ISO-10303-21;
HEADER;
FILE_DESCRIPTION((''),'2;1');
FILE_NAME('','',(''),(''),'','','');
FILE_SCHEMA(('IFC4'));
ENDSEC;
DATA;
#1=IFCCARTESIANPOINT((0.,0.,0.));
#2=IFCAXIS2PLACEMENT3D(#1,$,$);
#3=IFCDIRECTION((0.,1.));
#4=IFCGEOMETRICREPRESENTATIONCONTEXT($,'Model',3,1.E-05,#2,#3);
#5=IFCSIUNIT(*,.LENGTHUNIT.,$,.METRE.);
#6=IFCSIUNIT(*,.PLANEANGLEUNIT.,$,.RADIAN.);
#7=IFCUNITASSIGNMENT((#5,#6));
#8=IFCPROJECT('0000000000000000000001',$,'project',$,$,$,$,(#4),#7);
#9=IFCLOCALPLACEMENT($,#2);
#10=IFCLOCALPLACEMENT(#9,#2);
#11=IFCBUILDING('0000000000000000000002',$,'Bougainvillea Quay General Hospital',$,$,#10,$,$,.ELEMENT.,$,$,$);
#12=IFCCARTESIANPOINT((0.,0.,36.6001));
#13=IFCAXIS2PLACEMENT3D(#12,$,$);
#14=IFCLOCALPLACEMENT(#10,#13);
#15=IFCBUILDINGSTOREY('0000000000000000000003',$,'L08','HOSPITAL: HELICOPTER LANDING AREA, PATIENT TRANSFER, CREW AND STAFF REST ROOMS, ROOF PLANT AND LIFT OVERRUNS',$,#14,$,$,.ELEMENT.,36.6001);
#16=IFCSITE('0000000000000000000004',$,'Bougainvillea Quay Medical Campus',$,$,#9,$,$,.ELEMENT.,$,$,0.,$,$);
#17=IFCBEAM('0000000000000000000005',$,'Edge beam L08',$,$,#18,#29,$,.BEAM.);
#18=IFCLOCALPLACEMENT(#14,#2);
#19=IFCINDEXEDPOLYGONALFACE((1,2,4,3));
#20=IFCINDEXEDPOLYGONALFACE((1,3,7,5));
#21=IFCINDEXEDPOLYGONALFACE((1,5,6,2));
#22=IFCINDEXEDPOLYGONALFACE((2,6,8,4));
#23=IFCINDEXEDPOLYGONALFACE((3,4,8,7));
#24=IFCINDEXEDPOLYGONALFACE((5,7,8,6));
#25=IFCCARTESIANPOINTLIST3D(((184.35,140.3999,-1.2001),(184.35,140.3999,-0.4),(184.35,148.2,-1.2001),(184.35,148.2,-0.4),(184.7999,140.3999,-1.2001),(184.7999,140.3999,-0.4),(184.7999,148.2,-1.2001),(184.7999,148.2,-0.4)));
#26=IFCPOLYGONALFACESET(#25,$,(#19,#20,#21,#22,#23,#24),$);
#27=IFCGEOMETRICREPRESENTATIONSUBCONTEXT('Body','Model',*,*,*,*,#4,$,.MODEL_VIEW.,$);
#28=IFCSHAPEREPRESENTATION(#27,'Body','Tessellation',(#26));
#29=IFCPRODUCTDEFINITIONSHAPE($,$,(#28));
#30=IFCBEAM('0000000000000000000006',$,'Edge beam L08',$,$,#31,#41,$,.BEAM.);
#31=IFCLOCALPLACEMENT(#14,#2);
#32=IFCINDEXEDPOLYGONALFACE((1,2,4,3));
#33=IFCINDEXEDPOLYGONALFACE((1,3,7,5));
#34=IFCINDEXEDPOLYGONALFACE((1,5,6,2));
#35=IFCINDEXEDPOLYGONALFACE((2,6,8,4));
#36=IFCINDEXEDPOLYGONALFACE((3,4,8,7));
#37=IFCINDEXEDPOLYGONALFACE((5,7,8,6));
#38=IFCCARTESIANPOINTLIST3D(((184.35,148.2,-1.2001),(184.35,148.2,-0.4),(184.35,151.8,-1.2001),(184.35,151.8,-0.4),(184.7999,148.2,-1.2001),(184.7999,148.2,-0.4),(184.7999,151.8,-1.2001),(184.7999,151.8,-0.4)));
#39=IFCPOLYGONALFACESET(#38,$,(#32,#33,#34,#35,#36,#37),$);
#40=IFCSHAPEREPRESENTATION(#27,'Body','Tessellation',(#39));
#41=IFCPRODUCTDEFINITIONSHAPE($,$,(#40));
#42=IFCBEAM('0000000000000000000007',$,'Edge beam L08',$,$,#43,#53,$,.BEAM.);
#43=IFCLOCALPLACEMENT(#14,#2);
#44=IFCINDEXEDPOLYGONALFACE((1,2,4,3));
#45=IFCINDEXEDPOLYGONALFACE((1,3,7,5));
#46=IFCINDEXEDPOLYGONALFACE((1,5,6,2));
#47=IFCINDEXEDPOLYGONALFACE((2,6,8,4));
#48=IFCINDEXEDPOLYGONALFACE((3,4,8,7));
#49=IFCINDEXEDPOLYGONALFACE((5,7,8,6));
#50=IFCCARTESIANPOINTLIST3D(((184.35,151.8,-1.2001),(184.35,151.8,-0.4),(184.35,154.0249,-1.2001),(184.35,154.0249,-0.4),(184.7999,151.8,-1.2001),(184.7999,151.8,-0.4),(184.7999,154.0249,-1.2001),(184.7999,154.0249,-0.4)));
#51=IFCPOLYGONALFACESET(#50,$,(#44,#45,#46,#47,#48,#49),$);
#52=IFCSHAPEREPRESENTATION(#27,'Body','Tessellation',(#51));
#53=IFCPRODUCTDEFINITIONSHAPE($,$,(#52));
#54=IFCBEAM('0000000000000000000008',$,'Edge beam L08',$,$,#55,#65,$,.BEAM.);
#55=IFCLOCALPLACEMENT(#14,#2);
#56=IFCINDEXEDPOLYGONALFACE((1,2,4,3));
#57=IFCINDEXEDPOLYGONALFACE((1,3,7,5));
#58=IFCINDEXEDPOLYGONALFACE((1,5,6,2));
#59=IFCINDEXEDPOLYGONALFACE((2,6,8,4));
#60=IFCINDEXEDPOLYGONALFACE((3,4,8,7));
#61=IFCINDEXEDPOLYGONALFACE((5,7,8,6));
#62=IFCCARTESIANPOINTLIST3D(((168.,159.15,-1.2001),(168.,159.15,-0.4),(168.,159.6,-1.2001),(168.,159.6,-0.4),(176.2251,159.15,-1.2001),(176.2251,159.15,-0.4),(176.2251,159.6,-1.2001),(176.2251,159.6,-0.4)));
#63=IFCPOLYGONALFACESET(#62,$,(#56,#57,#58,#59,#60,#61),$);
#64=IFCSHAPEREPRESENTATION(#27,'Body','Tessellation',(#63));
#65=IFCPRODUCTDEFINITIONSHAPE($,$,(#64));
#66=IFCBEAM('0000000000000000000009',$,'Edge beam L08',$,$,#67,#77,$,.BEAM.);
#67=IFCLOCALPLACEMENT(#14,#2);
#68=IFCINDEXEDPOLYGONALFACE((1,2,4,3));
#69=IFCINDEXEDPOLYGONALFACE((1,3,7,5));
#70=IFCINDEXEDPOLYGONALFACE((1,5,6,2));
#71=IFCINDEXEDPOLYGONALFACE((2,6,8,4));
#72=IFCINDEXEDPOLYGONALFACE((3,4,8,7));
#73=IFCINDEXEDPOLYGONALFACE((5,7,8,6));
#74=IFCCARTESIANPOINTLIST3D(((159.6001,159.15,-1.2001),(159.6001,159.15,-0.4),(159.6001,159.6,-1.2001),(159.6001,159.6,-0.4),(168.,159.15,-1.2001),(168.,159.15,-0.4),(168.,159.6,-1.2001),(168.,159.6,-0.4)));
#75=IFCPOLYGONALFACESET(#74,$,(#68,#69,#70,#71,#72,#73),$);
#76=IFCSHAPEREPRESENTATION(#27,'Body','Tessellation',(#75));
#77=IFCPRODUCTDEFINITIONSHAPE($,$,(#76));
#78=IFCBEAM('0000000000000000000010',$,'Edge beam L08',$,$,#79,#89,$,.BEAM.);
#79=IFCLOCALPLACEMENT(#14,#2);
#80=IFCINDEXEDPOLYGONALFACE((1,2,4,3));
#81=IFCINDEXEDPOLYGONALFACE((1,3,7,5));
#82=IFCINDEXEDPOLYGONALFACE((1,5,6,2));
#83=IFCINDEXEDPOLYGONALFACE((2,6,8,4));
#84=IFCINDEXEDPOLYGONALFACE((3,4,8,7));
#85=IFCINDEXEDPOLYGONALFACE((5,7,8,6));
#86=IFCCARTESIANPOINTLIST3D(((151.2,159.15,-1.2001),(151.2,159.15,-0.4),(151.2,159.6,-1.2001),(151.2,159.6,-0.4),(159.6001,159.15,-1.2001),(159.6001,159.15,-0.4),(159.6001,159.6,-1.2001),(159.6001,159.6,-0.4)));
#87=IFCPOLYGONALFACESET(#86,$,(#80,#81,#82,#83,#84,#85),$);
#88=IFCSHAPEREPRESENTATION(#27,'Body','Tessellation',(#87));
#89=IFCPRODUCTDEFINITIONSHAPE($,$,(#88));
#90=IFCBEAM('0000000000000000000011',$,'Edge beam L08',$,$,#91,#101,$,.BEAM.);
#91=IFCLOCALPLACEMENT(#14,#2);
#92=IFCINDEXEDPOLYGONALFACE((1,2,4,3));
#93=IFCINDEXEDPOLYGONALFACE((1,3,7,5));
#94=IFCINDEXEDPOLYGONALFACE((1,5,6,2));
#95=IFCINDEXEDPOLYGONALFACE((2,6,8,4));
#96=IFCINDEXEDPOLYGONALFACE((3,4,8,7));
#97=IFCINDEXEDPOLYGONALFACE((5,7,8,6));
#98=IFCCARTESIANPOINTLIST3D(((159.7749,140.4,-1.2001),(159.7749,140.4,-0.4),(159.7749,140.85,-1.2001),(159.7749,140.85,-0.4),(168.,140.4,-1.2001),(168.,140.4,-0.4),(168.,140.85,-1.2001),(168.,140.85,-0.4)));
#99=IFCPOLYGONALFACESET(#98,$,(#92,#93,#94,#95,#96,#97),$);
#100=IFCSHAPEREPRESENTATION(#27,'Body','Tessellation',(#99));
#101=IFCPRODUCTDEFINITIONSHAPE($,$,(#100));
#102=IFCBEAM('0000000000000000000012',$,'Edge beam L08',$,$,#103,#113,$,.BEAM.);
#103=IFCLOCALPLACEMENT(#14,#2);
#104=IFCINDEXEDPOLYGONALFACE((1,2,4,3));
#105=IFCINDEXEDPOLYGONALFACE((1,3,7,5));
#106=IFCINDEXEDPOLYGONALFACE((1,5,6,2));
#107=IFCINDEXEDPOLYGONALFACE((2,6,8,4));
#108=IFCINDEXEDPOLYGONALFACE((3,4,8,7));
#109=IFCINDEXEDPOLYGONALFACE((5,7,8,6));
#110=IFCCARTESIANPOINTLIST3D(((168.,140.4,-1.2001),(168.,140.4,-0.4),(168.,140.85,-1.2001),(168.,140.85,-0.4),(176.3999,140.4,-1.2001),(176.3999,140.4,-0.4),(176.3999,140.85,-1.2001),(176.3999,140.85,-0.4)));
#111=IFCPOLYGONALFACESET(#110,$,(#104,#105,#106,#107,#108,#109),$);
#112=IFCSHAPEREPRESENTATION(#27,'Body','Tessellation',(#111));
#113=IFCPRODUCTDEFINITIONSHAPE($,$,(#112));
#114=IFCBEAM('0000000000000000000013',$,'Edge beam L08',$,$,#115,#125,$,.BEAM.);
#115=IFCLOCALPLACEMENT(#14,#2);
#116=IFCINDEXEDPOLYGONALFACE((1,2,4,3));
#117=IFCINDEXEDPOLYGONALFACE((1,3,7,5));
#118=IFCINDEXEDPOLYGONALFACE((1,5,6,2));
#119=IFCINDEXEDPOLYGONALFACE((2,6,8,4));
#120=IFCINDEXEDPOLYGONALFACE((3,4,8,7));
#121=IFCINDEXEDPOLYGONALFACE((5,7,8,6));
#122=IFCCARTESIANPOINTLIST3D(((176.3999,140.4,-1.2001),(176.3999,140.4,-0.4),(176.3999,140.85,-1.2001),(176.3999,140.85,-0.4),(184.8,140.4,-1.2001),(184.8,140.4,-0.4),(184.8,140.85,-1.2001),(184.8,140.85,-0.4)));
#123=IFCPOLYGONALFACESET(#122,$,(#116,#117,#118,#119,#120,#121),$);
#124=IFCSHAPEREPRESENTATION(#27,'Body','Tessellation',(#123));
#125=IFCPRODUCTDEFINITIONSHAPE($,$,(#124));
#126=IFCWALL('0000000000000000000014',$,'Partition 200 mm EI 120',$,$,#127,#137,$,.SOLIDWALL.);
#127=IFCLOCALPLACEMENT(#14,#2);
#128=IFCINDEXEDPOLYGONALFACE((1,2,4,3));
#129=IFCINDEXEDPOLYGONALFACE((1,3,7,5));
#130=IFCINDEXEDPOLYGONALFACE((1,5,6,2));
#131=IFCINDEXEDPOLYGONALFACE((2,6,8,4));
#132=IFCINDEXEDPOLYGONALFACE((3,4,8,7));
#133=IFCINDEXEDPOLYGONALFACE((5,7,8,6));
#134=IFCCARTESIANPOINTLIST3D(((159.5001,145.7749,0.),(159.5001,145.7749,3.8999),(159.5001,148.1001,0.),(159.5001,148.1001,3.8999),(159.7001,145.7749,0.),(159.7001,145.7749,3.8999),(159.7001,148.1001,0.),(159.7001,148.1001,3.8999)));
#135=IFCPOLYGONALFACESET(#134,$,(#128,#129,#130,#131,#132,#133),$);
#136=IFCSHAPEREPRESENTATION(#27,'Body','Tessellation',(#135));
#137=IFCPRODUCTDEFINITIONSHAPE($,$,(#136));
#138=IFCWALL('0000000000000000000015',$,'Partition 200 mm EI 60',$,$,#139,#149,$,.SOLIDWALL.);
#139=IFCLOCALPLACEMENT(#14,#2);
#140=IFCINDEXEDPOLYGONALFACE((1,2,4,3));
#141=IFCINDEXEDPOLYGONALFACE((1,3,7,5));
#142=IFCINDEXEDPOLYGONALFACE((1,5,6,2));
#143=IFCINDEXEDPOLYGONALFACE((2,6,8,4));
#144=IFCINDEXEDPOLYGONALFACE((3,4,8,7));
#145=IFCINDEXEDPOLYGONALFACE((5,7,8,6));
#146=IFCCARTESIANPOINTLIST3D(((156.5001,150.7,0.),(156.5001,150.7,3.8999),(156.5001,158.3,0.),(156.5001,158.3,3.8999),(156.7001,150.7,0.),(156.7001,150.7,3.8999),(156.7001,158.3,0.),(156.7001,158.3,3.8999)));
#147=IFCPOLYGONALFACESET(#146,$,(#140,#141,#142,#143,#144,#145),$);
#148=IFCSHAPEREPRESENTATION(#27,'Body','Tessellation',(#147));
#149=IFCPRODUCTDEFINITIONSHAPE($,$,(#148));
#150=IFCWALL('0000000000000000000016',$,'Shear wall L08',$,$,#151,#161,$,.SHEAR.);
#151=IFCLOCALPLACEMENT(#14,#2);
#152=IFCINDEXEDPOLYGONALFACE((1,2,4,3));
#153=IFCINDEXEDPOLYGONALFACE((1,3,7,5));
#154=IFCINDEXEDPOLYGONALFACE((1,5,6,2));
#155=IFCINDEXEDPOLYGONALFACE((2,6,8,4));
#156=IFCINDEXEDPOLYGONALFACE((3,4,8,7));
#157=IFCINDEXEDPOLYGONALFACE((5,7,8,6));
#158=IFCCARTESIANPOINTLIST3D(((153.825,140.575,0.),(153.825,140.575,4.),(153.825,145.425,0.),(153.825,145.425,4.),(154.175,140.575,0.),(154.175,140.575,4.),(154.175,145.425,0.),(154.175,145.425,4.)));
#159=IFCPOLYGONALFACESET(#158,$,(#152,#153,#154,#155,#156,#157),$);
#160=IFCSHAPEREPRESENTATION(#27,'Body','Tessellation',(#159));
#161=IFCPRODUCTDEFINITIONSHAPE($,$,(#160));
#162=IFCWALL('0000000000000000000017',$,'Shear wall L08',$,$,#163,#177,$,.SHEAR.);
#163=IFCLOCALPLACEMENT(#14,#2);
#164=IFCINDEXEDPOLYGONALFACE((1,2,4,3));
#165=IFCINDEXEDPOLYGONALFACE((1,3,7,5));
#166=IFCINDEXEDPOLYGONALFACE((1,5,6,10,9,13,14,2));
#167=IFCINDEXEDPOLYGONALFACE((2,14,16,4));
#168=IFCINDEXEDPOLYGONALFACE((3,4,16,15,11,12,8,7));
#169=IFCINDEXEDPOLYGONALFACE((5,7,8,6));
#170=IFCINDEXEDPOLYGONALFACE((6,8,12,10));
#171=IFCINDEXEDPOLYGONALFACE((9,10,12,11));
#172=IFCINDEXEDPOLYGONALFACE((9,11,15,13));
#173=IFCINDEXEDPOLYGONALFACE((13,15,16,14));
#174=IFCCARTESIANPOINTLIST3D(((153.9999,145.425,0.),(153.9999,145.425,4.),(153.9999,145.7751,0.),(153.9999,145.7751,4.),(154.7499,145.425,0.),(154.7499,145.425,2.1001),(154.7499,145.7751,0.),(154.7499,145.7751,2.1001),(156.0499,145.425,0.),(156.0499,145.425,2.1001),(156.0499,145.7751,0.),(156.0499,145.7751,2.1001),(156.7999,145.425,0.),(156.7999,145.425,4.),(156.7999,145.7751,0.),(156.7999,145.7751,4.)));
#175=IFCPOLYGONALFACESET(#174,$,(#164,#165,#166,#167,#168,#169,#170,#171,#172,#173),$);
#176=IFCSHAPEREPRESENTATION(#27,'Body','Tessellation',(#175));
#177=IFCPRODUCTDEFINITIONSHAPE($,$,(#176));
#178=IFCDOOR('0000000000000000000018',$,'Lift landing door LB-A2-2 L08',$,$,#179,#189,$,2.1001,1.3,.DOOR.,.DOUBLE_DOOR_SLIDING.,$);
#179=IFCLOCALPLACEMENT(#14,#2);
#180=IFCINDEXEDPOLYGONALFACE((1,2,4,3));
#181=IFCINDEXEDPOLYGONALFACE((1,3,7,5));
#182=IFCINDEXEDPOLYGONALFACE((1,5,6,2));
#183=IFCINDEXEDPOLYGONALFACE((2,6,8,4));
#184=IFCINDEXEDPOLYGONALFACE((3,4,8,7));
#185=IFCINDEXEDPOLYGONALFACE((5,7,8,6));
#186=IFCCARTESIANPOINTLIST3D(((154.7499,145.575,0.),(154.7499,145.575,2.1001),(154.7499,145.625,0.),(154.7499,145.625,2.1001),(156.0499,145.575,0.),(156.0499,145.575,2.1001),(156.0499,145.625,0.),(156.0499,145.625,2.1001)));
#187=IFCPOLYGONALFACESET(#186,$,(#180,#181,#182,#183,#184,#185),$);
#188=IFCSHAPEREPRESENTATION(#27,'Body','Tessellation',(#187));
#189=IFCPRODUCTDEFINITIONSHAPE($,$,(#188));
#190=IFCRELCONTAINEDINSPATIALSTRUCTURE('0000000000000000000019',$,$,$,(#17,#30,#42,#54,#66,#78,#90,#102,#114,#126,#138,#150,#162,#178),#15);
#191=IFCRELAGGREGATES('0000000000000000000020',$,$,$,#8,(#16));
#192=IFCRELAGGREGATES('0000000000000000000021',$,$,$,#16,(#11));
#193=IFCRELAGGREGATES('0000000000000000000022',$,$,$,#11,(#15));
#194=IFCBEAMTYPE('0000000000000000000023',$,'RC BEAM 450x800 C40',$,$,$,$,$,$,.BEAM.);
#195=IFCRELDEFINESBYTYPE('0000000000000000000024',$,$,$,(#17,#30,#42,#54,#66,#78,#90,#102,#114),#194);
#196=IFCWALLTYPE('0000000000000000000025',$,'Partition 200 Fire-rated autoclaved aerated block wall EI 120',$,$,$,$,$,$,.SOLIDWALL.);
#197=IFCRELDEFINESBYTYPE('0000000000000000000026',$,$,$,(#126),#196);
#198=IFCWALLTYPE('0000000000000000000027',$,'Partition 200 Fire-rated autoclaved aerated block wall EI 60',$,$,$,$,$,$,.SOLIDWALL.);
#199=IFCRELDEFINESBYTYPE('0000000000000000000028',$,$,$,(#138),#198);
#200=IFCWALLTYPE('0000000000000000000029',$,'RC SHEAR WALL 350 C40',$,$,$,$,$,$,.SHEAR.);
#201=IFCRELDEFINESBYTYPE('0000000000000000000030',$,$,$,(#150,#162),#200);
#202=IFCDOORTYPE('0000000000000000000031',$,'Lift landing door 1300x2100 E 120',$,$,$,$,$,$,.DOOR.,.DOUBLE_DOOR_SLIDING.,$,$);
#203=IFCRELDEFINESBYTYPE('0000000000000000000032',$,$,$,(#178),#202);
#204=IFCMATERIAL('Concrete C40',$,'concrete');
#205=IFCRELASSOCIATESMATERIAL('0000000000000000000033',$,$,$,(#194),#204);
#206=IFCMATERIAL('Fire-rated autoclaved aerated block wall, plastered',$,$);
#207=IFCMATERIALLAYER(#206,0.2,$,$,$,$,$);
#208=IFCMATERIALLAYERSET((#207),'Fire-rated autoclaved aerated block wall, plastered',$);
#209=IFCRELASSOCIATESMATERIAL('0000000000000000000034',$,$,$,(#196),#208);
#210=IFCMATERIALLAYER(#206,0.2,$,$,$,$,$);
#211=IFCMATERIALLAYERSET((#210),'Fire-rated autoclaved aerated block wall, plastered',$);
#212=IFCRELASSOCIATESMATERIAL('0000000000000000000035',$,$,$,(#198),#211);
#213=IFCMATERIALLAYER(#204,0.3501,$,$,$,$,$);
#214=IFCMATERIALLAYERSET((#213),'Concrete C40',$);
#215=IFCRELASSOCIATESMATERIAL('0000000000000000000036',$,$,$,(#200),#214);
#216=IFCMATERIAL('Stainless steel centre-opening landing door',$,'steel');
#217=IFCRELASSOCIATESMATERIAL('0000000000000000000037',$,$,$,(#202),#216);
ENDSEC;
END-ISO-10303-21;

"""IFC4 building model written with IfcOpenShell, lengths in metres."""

from ifc_helpers import new_model, si_unit, direction, frame, frame_2d, origin, origin_2d, place, context, subcontext, project, spatial, rectangle, extrude, material, layer, layer_set, material_profile, profile_set, type_object, element, fill, save


model = new_model("IFC4")

# Units and contexts
model_context = context("Model", 3, precision=1e-05, world=origin(), true_north=direction((0.0, 1.0)))
body_context = subcontext(model_context, "Body", "Model", "MODEL_VIEW")
ifc_project = project(units=[si_unit("LENGTHUNIT", "METRE"), si_unit("PLANEANGLEUNIT", "RADIAN")], contexts=[model_context])

# Site, building, storey
site_placement = place(None, origin())
site = spatial("IfcSite", under=ifc_project, at=site_placement, Name="Bougainvillea Quay Medical Campus", CompositionType="ELEMENT", RefElevation=0.0)
building_placement = place(site_placement, origin())
building = spatial("IfcBuilding", under=site, at=building_placement, Name="Bougainvillea Quay General Hospital", CompositionType="ELEMENT")
storey_placement = place(building_placement, frame((0.0, 0.0, 36.6001)))
storey = spatial("IfcBuildingStorey", under=building, at=storey_placement, Name="L08", Description="HOSPITAL: HELICOPTER LANDING AREA, PATIENT TRANSFER, CREW AND STAFF REST ROOMS, ROOF PLANT AND LIFT OVERRUNS", CompositionType="ELEMENT", Elevation=36.6001)

# Beams
ifc_material_1 = material(Name="Concrete C40", Category="concrete")
ifc_material_profile_1 = material_profile(ifc_material_1, rectangle(XDim=0.45, YDim=0.8, at=origin_2d()))
ifc_profile_set_1 = profile_set([ifc_material_profile_1], Name="Concrete C40")
beam_type = type_object("IfcBeamType", Name="RC BEAM 450x800 C40", PredefinedType="BEAM", material=ifc_profile_set_1)
beam_1_placement = place(storey_placement, frame((184.575, 140.3999, -0.8), z_axis=(0.0, 1.0, 0.0), x_axis=(-1.0, 0.0, 0.0)))
element("IfcBeam", 1, at=beam_1_placement, inside=storey, type_object=beam_type, Name="Edge beam L08", PredefinedType="BEAM", context=body_context, shape_type="SweptSolid", body=[
    extrude(rectangle(XDim=0.45, YDim=0.8, at=origin_2d()), origin(), (0.0, 0.0, 1.0), 7.8),
])
beam_2_placement = place(storey_placement, frame((184.575, 148.2, -0.8), z_axis=(0.0, 1.0, 0.0), x_axis=(-1.0, 0.0, 0.0)))
element("IfcBeam", 2, at=beam_2_placement, inside=storey, type_object=beam_type, Name="Edge beam L08", PredefinedType="BEAM", context=body_context, shape_type="SweptSolid", body=[
    extrude(rectangle(XDim=0.45, YDim=0.8, at=origin_2d()), origin(), (0.0, 0.0, 1.0), 3.6001),
])
beam_3_placement = place(storey_placement, frame((184.575, 151.8, -0.8), z_axis=(0.0, 1.0, 0.0), x_axis=(-1.0, 0.0, 0.0)))
element("IfcBeam", 3, at=beam_3_placement, inside=storey, type_object=beam_type, Name="Edge beam L08", PredefinedType="BEAM", context=body_context, shape_type="SweptSolid", body=[
    extrude(rectangle(XDim=0.45, YDim=0.8, at=origin_2d()), origin(), (0.0, 0.0, 1.0), 2.2249),
])
beam_4_placement = place(storey_placement, frame((176.2251, 159.375, -0.8), z_axis=(-1.0, 0.0, 0.0), x_axis=(0.0, -1.0, 0.0)))
element("IfcBeam", 4, at=beam_4_placement, inside=storey, type_object=beam_type, Name="Edge beam L08", PredefinedType="BEAM", context=body_context, shape_type="SweptSolid", body=[
    extrude(rectangle(XDim=0.45, YDim=0.8, at=origin_2d()), origin(), (0.0, 0.0, 1.0), 8.2251),
])
beam_5_placement = place(storey_placement, frame((168.0, 159.375, -0.8), z_axis=(-1.0, 0.0, 0.0), x_axis=(0.0, -1.0, 0.0)))
element("IfcBeam", 5, at=beam_5_placement, inside=storey, type_object=beam_type, Name="Edge beam L08", PredefinedType="BEAM", context=body_context, shape_type="SweptSolid", body=[
    extrude(rectangle(XDim=0.45, YDim=0.8, at=origin_2d()), origin(), (0.0, 0.0, 1.0), 8.3999),
])
beam_6_placement = place(storey_placement, frame((159.6001, 159.375, -0.8), z_axis=(-1.0, 0.0, 0.0), x_axis=(0.0, -1.0, 0.0)))
element("IfcBeam", 6, at=beam_6_placement, inside=storey, type_object=beam_type, Name="Edge beam L08", PredefinedType="BEAM", context=body_context, shape_type="SweptSolid", body=[
    extrude(rectangle(XDim=0.45, YDim=0.8, at=origin_2d()), origin(), (0.0, 0.0, 1.0), 8.4001),
])
beam_7_placement = place(storey_placement, frame((159.7749, 140.625, -0.8), z_axis=(1.0, 0.0, 0.0), x_axis=(0.0, 1.0, 0.0)))
element("IfcBeam", 7, at=beam_7_placement, inside=storey, type_object=beam_type, Name="Edge beam L08", PredefinedType="BEAM", context=body_context, shape_type="SweptSolid", body=[
    extrude(rectangle(XDim=0.45, YDim=0.8, at=origin_2d()), origin(), (0.0, 0.0, 1.0), 8.2251),
])
beam_8_placement = place(storey_placement, frame((168.0, 140.625, -0.8), z_axis=(1.0, 0.0, 0.0), x_axis=(0.0, 1.0, 0.0)))
element("IfcBeam", 8, at=beam_8_placement, inside=storey, type_object=beam_type, Name="Edge beam L08", PredefinedType="BEAM", context=body_context, shape_type="SweptSolid", body=[
    extrude(rectangle(XDim=0.45, YDim=0.8, at=origin_2d()), origin(), (0.0, 0.0, 1.0), 8.3999),
])
beam_9_placement = place(storey_placement, frame((176.3999, 140.625, -0.8), z_axis=(1.0, 0.0, 0.0), x_axis=(0.0, 1.0, 0.0)))
element("IfcBeam", 9, at=beam_9_placement, inside=storey, type_object=beam_type, Name="Edge beam L08", PredefinedType="BEAM", context=body_context, shape_type="SweptSolid", body=[
    extrude(rectangle(XDim=0.45, YDim=0.8, at=origin_2d()), origin(), (0.0, 0.0, 1.0), 8.4001),
])

# Walls
ifc_material_2 = material(Name="Fire-rated autoclaved aerated block wall, plastered")
ifc_layer_1 = layer(ifc_material_2, 0.2)
ifc_layer_set_1 = layer_set([ifc_layer_1], Name="Fire-rated autoclaved aerated block wall, plastered")
wall_type_1 = type_object("IfcWallType", Name="Partition 200 Fire-rated autoclaved aerated block wall EI 120", PredefinedType="SOLIDWALL", material=ifc_layer_set_1)
wall_1_placement = place(storey_placement, frame((159.6001, 145.7749, 0.0), z_axis=(0.0, 0.0, 1.0), x_axis=(0.0, 1.0, 0.0)))
element("IfcWall", 10, at=wall_1_placement, inside=storey, type_object=wall_type_1, Name="Partition 200 mm EI 120", PredefinedType="SOLIDWALL", context=body_context, shape_type="SweptSolid", body=[
    extrude(rectangle(XDim=2.3252, YDim=0.2, at=frame_2d((1.1626, 0.0))), origin(), (0.0, 0.0, 1.0), 3.8999),
])
ifc_layer_2 = layer(ifc_material_2, 0.2)
ifc_layer_set_2 = layer_set([ifc_layer_2], Name="Fire-rated autoclaved aerated block wall, plastered")
wall_type_2 = type_object("IfcWallType", Name="Partition 200 Fire-rated autoclaved aerated block wall EI 60", PredefinedType="SOLIDWALL", material=ifc_layer_set_2)
wall_2_placement = place(storey_placement, frame((156.6001, 150.7, 0.0), z_axis=(0.0, 0.0, 1.0), x_axis=(0.0, 1.0, 0.0)))
element("IfcWall", 11, at=wall_2_placement, inside=storey, type_object=wall_type_2, Name="Partition 200 mm EI 60", PredefinedType="SOLIDWALL", context=body_context, shape_type="SweptSolid", body=[
    extrude(rectangle(XDim=7.6001, YDim=0.2, at=frame_2d((3.8, 0.0))), origin(), (0.0, 0.0, 1.0), 3.8999),
])
ifc_layer_3 = layer(ifc_material_1, 0.3501)
ifc_layer_set_3 = layer_set([ifc_layer_3], Name="Concrete C40")
wall_type_3 = type_object("IfcWallType", Name="RC SHEAR WALL 350 C40", PredefinedType="SHEAR", material=ifc_layer_set_3)
wall_3_placement = place(storey_placement, frame((154.0, 140.575, 0.0), z_axis=(0.0, 0.0, 1.0), x_axis=(0.0, 1.0, 0.0)))
element("IfcWall", 12, at=wall_3_placement, inside=storey, type_object=wall_type_3, Name="Shear wall L08", PredefinedType="SHEAR", context=body_context, shape_type="SweptSolid", body=[
    extrude(rectangle(XDim=4.8501, YDim=0.3501, at=frame_2d((2.425, 0.0))), origin(), (0.0, 0.0, 1.0), 4.0),
])

# Wall, opening, door
wall_4_placement = place(storey_placement, frame((154.0, 145.6001, 0.0), z_axis=(0.0, 0.0, 1.0), x_axis=(1.0, 0.0, 0.0)))
wall_4 = element("IfcWall", 13, at=wall_4_placement, inside=storey, type_object=wall_type_3, Name="Shear wall L08", PredefinedType="SHEAR", context=body_context, shape_type="SweptSolid", body=[
    extrude(rectangle(XDim=2.8, YDim=0.3501, at=frame_2d((1.3999, 0.0))), origin(), (0.0, 0.0, 1.0), 4.0),
])
opening_1_placement = place(wall_4_placement, frame((0.75, 0.0, 0.0)))
opening_1 = element("IfcOpeningElement", 14, at=opening_1_placement, cuts=wall_4, PredefinedType="OPENING", context=body_context, shape_type="SweptSolid", body=[
    extrude(rectangle(XDim=1.3, YDim=2.1001, at=frame_2d((0.6499, 1.05))), frame((0.0, 0.1851, 0.0), z_axis=(0.0, -1.0, 0.0), x_axis=(1.0, 0.0, 0.0)), (0.0, 0.0, 1.0), 0.3701),
])
ifc_material_3 = material(Name="Stainless steel centre-opening landing door", Category="steel")
door_type_1 = type_object("IfcDoorType", Name="Lift landing door 1300x2100 E 120", OperationType="DOUBLE_DOOR_SLIDING", PredefinedType="DOOR", material=ifc_material_3)
door_1_placement = place(opening_1_placement, origin())
door_1 = element("IfcDoor", 15, at=door_1_placement, inside=storey, type_object=door_type_1, Name="Lift landing door LB-A2-2 L08", OperationType="DOUBLE_DOOR_SLIDING", OverallHeight=2.1001, OverallWidth=1.3, PredefinedType="DOOR", context=body_context, shape_type="SweptSolid", body=[
    extrude(rectangle(XDim=1.3, YDim=2.1001, at=frame_2d((0.6499, 1.05))), frame((0.0, 0.0249, 0.0), z_axis=(0.0, -1.0, 0.0), x_axis=(1.0, 0.0, 0.0)), (0.0, 0.0, 1.0), 0.05),
])
fill(opening_1, door_1)

save(model, "model.ifc")
